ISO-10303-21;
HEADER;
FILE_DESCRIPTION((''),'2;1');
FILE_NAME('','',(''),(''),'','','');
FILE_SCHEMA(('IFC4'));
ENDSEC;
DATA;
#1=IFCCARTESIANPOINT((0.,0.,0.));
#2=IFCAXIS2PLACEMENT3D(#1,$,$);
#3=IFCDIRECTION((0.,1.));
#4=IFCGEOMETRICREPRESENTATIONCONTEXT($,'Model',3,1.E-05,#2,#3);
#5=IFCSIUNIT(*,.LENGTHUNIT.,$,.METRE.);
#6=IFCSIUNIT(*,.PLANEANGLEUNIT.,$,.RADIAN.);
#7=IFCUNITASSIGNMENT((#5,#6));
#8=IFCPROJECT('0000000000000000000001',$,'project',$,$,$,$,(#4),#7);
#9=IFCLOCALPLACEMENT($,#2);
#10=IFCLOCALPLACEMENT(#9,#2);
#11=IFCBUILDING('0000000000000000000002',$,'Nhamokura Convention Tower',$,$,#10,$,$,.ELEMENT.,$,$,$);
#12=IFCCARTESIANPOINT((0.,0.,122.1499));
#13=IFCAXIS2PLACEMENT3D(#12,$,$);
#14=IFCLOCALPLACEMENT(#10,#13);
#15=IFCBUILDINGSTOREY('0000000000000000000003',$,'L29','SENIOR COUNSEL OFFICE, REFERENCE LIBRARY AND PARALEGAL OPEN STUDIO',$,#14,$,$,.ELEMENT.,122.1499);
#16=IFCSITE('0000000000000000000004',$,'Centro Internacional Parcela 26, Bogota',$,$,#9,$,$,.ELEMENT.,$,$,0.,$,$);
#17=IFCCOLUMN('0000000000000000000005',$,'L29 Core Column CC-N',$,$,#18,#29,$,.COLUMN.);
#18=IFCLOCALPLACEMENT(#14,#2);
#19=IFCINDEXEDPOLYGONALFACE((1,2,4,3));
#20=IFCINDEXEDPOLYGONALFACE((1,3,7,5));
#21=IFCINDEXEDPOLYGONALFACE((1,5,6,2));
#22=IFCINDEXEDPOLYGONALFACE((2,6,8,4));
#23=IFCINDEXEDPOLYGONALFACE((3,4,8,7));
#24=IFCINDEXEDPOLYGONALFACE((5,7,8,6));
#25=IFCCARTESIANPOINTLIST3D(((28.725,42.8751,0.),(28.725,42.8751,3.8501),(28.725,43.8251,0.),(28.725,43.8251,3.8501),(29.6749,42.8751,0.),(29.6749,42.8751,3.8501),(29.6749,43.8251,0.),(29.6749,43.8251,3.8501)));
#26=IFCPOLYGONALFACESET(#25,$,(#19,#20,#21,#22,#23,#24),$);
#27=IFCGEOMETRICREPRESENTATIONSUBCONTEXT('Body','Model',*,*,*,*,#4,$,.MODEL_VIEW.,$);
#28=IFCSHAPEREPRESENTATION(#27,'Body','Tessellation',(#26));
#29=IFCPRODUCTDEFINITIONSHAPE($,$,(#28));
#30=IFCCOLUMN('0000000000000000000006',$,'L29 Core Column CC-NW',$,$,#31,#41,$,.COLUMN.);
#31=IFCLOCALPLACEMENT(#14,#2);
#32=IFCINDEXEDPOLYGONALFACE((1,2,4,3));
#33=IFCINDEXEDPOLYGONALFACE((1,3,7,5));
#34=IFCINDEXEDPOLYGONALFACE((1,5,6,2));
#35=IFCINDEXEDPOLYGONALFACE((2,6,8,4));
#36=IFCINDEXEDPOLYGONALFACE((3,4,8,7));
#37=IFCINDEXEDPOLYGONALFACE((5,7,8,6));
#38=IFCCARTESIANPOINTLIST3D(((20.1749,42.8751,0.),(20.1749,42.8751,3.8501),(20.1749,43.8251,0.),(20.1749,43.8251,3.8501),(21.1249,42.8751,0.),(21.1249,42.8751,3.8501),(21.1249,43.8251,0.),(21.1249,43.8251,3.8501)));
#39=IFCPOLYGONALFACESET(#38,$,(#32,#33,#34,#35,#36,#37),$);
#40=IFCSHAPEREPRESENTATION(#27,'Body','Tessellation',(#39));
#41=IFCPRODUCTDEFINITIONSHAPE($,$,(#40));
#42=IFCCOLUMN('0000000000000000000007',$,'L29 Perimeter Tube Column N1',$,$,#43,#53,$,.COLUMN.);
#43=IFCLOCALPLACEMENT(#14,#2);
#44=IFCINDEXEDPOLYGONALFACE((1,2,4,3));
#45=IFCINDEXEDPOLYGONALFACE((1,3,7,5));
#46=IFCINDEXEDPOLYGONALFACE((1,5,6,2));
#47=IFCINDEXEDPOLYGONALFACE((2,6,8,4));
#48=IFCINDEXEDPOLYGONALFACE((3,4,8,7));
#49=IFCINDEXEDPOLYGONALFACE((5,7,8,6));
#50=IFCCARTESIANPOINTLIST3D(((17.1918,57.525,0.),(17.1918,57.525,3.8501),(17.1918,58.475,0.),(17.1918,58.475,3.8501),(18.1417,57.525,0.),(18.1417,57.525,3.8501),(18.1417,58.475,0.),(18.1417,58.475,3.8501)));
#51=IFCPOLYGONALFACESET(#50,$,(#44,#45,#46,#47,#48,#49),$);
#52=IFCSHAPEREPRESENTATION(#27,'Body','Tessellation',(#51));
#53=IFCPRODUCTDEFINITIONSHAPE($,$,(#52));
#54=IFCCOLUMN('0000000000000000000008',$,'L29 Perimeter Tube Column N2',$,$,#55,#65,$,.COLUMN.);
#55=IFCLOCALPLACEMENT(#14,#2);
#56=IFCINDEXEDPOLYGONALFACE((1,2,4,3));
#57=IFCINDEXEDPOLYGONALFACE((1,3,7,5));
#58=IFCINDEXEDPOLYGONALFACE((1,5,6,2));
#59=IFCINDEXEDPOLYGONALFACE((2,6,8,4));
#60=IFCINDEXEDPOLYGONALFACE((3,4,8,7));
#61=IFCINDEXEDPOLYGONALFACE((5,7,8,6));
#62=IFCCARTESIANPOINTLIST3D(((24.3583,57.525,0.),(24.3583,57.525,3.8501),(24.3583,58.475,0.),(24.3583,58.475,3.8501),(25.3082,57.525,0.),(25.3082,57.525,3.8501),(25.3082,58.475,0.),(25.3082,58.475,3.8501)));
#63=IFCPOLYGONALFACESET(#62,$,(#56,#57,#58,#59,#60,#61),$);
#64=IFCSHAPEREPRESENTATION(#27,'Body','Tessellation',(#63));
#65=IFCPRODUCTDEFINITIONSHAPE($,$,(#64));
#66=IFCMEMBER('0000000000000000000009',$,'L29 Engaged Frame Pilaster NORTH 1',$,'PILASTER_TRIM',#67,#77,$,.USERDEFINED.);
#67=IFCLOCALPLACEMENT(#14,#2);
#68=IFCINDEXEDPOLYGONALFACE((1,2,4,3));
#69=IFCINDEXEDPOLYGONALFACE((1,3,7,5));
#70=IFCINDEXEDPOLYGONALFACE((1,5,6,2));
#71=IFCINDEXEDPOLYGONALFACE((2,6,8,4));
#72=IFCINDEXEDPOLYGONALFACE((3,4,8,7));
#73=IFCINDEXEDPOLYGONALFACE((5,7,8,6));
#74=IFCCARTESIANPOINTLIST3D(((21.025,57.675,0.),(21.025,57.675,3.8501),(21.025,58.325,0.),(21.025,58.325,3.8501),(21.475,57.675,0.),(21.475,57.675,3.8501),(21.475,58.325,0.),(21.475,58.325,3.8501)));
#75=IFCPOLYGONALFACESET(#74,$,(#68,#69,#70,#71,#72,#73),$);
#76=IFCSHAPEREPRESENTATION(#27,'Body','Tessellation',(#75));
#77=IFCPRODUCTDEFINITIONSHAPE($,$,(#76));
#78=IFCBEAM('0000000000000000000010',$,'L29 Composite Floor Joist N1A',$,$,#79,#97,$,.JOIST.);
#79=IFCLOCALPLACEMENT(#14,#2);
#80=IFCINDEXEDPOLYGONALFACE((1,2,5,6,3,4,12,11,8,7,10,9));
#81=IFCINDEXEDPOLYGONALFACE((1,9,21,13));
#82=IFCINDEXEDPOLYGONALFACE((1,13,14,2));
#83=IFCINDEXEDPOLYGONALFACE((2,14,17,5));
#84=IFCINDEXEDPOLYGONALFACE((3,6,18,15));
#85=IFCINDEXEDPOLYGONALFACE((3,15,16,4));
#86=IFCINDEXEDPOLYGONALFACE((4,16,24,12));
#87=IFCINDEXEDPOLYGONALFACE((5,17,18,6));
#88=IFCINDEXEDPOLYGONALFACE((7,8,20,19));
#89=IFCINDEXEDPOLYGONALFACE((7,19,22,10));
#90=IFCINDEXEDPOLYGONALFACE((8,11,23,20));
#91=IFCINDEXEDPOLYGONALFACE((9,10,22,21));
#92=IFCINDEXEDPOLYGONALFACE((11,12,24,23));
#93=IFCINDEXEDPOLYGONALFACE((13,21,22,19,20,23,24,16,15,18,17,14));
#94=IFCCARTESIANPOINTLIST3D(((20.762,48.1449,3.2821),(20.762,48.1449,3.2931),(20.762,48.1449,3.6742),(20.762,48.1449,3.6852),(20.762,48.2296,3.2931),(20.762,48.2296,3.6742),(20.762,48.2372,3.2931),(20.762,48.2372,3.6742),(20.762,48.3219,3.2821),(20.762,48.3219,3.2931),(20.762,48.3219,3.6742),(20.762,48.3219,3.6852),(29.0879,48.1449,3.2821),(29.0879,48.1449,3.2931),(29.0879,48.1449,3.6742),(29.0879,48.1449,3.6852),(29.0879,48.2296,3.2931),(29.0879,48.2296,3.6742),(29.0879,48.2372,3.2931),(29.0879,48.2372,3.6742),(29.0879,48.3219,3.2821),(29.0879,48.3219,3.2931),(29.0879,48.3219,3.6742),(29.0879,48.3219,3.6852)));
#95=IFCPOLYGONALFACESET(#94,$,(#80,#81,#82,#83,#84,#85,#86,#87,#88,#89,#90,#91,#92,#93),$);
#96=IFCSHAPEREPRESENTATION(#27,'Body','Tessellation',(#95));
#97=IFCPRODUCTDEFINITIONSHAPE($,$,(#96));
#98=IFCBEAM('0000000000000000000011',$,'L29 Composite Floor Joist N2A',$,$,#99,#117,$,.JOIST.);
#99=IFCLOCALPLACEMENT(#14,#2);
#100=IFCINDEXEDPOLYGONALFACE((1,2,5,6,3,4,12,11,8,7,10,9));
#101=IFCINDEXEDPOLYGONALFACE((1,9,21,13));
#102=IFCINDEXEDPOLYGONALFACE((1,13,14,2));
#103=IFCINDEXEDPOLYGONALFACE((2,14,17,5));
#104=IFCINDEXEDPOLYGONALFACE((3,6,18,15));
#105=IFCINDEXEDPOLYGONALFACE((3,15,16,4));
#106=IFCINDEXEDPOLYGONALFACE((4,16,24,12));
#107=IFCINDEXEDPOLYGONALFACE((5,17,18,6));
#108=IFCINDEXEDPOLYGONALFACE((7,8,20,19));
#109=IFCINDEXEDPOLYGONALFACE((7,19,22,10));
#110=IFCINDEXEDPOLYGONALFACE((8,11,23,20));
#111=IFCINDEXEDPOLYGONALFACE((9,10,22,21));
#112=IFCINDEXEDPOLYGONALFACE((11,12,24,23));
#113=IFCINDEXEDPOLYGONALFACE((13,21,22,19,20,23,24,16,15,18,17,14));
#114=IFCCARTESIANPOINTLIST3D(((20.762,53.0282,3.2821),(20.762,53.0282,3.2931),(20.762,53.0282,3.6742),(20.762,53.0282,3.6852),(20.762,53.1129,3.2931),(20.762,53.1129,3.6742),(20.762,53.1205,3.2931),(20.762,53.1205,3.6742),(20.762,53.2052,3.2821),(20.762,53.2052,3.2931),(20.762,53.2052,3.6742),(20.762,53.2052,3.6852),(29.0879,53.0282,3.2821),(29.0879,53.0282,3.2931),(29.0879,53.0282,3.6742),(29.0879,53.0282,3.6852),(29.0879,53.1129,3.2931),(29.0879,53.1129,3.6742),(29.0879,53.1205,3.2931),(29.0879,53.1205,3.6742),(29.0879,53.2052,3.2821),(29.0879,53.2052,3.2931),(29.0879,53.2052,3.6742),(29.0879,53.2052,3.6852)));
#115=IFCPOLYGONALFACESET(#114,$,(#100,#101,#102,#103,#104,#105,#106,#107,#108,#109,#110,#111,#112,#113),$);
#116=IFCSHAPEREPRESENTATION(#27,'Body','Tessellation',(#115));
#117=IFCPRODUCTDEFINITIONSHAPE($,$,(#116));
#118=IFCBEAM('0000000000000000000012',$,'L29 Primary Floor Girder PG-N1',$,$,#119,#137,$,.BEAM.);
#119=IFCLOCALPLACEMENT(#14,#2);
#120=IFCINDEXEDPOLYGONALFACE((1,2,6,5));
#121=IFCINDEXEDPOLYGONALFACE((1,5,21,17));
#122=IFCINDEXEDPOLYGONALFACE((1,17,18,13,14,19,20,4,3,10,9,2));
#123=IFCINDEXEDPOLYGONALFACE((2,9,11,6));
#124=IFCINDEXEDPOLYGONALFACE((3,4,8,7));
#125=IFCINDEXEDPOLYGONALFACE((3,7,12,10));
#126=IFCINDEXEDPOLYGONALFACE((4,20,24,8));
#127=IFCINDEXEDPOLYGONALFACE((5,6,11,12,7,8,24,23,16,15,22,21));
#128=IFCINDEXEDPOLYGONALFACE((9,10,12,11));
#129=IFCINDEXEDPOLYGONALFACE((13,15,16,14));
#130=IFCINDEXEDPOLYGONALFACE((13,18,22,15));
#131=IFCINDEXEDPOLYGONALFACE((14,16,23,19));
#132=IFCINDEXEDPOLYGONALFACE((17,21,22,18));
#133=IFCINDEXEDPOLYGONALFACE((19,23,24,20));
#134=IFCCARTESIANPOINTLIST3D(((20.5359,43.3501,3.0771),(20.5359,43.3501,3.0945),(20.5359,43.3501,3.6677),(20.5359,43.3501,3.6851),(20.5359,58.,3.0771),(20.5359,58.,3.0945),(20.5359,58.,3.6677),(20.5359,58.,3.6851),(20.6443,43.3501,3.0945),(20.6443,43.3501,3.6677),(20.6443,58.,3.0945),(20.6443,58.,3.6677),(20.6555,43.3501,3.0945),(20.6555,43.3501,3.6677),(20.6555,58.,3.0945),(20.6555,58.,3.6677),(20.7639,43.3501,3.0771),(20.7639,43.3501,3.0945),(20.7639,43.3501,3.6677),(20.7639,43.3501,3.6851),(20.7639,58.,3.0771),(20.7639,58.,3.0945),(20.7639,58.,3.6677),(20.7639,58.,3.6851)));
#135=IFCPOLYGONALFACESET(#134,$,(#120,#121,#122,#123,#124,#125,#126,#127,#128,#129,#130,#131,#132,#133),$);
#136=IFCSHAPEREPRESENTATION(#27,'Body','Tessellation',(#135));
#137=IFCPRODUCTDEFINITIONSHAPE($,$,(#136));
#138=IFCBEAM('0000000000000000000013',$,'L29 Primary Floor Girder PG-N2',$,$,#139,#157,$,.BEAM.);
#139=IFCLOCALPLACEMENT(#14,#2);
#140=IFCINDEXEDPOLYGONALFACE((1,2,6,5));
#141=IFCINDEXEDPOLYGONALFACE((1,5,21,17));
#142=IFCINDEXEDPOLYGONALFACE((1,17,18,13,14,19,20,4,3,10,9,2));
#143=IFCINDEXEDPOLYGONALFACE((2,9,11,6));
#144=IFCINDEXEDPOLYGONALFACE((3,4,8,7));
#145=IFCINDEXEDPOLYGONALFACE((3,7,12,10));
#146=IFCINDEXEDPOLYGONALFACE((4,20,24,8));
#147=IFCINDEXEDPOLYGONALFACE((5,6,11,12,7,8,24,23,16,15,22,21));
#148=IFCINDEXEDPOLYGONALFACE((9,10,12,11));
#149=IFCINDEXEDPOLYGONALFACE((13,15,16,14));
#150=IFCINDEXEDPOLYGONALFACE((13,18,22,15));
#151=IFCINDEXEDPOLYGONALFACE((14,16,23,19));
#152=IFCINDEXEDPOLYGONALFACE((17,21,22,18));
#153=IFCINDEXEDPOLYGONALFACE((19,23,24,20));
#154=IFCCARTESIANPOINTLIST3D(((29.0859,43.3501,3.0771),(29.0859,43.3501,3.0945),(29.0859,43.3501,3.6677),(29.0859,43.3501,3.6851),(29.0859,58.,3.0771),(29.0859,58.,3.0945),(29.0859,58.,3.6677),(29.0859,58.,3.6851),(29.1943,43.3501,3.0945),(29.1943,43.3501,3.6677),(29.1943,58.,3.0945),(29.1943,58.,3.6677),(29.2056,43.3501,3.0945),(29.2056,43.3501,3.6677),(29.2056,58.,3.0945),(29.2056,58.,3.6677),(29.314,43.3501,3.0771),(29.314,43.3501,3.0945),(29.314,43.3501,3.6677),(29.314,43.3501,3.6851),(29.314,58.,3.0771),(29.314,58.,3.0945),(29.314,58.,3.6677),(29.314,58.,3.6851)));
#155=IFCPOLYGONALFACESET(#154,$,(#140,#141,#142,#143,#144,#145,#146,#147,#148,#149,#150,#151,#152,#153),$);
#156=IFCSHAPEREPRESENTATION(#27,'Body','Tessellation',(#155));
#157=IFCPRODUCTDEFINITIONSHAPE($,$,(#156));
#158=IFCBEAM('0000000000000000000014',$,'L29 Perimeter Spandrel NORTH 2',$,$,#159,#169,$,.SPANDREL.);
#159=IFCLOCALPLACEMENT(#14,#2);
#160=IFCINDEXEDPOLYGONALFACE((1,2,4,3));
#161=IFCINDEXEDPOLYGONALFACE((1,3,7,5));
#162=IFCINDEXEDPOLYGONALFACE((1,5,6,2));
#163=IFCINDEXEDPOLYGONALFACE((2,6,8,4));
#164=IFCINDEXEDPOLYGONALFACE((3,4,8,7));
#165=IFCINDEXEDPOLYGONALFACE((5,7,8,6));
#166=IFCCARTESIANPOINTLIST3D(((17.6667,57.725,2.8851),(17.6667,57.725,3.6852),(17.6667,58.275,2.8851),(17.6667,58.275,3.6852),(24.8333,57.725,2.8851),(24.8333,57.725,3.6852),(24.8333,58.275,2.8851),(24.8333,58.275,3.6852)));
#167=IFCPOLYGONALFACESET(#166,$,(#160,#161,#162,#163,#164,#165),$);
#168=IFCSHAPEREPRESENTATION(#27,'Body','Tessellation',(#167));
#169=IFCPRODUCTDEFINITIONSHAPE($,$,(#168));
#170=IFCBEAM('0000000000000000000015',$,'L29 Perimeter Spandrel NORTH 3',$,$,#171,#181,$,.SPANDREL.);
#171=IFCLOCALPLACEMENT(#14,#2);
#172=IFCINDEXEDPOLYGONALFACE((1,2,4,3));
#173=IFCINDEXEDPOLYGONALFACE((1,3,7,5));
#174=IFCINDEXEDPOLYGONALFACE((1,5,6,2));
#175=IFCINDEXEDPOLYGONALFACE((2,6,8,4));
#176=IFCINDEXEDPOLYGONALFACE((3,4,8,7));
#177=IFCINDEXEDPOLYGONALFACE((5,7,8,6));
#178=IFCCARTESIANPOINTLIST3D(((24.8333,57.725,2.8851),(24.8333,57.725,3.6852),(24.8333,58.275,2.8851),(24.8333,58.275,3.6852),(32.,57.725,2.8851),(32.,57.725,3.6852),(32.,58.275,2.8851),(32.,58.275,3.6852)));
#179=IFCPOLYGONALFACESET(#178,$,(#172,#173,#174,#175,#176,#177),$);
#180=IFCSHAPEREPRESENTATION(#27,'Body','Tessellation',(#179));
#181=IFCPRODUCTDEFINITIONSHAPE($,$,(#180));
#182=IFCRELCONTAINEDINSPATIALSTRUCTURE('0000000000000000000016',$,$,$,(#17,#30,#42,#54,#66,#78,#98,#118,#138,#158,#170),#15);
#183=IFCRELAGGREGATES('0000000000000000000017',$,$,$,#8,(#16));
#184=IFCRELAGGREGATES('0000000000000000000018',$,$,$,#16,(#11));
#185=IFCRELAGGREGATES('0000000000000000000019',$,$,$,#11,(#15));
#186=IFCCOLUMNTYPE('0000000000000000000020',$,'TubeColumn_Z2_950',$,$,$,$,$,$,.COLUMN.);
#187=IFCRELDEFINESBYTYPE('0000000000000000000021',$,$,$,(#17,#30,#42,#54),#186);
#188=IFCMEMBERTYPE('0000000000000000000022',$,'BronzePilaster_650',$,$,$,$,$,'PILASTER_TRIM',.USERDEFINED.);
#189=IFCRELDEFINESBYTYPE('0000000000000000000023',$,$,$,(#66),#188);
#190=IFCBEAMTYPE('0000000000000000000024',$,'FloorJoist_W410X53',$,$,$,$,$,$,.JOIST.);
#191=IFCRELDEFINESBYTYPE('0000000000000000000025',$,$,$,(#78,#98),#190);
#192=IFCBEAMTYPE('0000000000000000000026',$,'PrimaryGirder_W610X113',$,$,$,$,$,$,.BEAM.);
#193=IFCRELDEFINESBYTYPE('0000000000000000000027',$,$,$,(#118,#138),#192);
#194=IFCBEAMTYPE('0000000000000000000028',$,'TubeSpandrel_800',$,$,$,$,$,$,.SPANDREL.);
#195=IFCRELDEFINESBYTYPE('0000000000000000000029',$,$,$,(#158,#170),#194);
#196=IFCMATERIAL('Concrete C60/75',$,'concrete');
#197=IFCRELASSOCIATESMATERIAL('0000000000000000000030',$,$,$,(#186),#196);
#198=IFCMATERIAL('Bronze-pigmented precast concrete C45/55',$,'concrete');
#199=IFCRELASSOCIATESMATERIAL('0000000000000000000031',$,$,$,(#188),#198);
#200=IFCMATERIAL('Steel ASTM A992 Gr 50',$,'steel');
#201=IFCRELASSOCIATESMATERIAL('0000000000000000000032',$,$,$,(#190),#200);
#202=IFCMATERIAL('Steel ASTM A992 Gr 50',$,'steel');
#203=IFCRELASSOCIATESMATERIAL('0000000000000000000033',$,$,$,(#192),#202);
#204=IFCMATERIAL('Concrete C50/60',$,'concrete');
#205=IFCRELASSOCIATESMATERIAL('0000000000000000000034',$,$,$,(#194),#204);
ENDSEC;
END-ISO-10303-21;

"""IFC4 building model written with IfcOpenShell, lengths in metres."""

from ifc_helpers import new_model, si_unit, direction, frame, origin, origin_2d, place, context, subcontext, project, spatial, rectangle, i_section, extrude, material, material_profile, profile_set, type_object, element, save


model = new_model("IFC4")

# Units and contexts
model_context = context("Model", 3, precision=1e-05, world=origin(), true_north=direction((0.0, 1.0)))
body_context = subcontext(model_context, "Body", "Model", "MODEL_VIEW")
ifc_project = project(units=[si_unit("LENGTHUNIT", "METRE"), si_unit("PLANEANGLEUNIT", "RADIAN")], contexts=[model_context])

# Site, building, storey
site_placement = place(None, origin())
site = spatial("IfcSite", under=ifc_project, at=site_placement, Name="Centro Internacional Parcela 26, Bogota", CompositionType="ELEMENT", RefElevation=0.0)
building_placement = place(site_placement, origin())
building = spatial("IfcBuilding", under=site, at=building_placement, Name="Nhamokura Convention Tower", CompositionType="ELEMENT")
storey_placement = place(building_placement, frame((0.0, 0.0, 122.1499)))
storey = spatial("IfcBuildingStorey", under=building, at=storey_placement, Name="L29", Description="SENIOR COUNSEL OFFICE, REFERENCE LIBRARY AND PARALEGAL OPEN STUDIO", CompositionType="ELEMENT", Elevation=122.1499)

# Columns
ifc_material_1 = material(Name="Concrete C60/75", Category="concrete")
ifc_material_profile_1 = material_profile(ifc_material_1, rectangle(XDim=0.95, YDim=0.95, at=origin_2d()))
ifc_profile_set_1 = profile_set([ifc_material_profile_1], Name="Concrete C60/75")
column_type = type_object("IfcColumnType", Name="TubeColumn_Z2_950", PredefinedType="COLUMN", material=ifc_profile_set_1)
for number, where, z_axis, x_axis, name in (
    (1, (29.2, 43.3501, 0.0), (0.0, 0.0, 1.0), (1.0, 0.0, 0.0), "L29 Core Column CC-N"),
    (2, (20.6499, 43.3501, 0.0), (0.0, 0.0, 1.0), (1.0, 0.0, 0.0), "L29 Core Column CC-NW"),
    (3, (17.6667, 58.0, 0.0), (0.0, 0.0, 1.0), (1.0, 0.0, 0.0), "L29 Perimeter Tube Column N1"),
    (4, (24.8333, 58.0, 0.0), (0.0, 0.0, 1.0), (1.0, 0.0, 0.0), "L29 Perimeter Tube Column N2"),
):
    element("IfcColumn", number, at=place(storey_placement, frame(where, z_axis=z_axis, x_axis=x_axis)), inside=storey, type_object=column_type, Name=name, PredefinedType="COLUMN", context=body_context, shape_type="SweptSolid", body=[
        extrude(rectangle(XDim=0.95, YDim=0.95, at=origin_2d()), origin(), (0.0, 0.0, 1.0), 3.8501),
    ])

# Member
ifc_material_2 = material(Name="Bronze-pigmented precast concrete C45/55", Category="concrete")
ifc_material_profile_2 = material_profile(ifc_material_2, rectangle(XDim=0.45, YDim=0.6499, at=origin_2d()))
ifc_profile_set_2 = profile_set([ifc_material_profile_2], Name="Bronze-pigmented precast concrete C45/55")
member_type = type_object("IfcMemberType", Name="BronzePilaster_650", ElementType="PILASTER_TRIM", PredefinedType="USERDEFINED", material=ifc_profile_set_2)
member_placement = place(storey_placement, frame((21.25, 58.0, 0.0), z_axis=(0.0, 0.0, 1.0), x_axis=(1.0, 0.0, 0.0)))
element("IfcMember", 5, at=member_placement, inside=storey, type_object=member_type, Name="L29 Engaged Frame Pilaster NORTH 1", ObjectType="PILASTER_TRIM", PredefinedType="USERDEFINED", context=body_context, shape_type="SweptSolid", body=[
    extrude(rectangle(XDim=0.45, YDim=0.6499, at=origin_2d()), origin(), (0.0, 0.0, 1.0), 3.8501),
])

# Beams
ifc_material_3 = material(Name="Steel ASTM A992 Gr 50", Category="steel")
ifc_material_profile_3 = material_profile(ifc_material_3, i_section(OverallWidth=0.177, OverallDepth=0.4031, WebThickness=0.0076, FlangeThickness=0.011, at=origin_2d()))
ifc_profile_set_3 = profile_set([ifc_material_profile_3], Name="Steel ASTM A992 Gr 50")
beam_type_1 = type_object("IfcBeamType", Name="FloorJoist_W410X53", PredefinedType="JOIST", material=ifc_profile_set_3)
for number, where, z_axis, x_axis, name in (
    (6, (20.762, 48.2334, 3.4836), (1.0, 0.0, 0.0), (0.0, 1.0, 0.0), "L29 Composite Floor Joist N1A"),
    (7, (20.762, 53.1167, 3.4836), (1.0, 0.0, 0.0), (0.0, 1.0, 0.0), "L29 Composite Floor Joist N2A"),
):
    element("IfcBeam", number, at=place(storey_placement, frame(where, z_axis=z_axis, x_axis=x_axis)), inside=storey, type_object=beam_type_1, Name=name, PredefinedType="JOIST", context=body_context, shape_type="SweptSolid", body=[
        extrude(i_section(OverallWidth=0.177, OverallDepth=0.4031, WebThickness=0.0076, FlangeThickness=0.011, at=origin_2d()), origin(), (0.0, 0.0, 1.0), 8.3259),
    ])
ifc_material_4 = material(Name="Steel ASTM A992 Gr 50", Category="steel")
ifc_material_profile_4 = material_profile(ifc_material_4, i_section(OverallWidth=0.228, OverallDepth=0.6079, WebThickness=0.0112, FlangeThickness=0.0173, at=origin_2d()))
ifc_profile_set_4 = profile_set([ifc_material_profile_4], Name="Steel ASTM A992 Gr 50")
beam_type_2 = type_object("IfcBeamType", Name="PrimaryGirder_W610X113", PredefinedType="BEAM", material=ifc_profile_set_4)
for number, where, z_axis, x_axis, name in (
    (8, (20.6499, 43.3501, 3.3811), (0.0, 1.0, 0.0), (-1.0, 0.0, 0.0), "L29 Primary Floor Girder PG-N1"),
    (9, (29.2, 43.3501, 3.3811), (0.0, 1.0, 0.0), (-1.0, 0.0, 0.0), "L29 Primary Floor Girder PG-N2"),
):
    element("IfcBeam", number, at=place(storey_placement, frame(where, z_axis=z_axis, x_axis=x_axis)), inside=storey, type_object=beam_type_2, Name=name, PredefinedType="BEAM", context=body_context, shape_type="SweptSolid", body=[
        extrude(i_section(OverallWidth=0.228, OverallDepth=0.6079, WebThickness=0.0112, FlangeThickness=0.0173, at=origin_2d()), origin(), (0.0, 0.0, 1.0), 14.6499),
    ])
ifc_material_5 = material(Name="Concrete C50/60", Category="concrete")
ifc_material_profile_5 = material_profile(ifc_material_5, rectangle(XDim=0.55, YDim=0.8, at=origin_2d()))
ifc_profile_set_5 = profile_set([ifc_material_profile_5], Name="Concrete C50/60")
beam_type_3 = type_object("IfcBeamType", Name="TubeSpandrel_800", PredefinedType="SPANDREL", material=ifc_profile_set_5)
beam_1_placement = place(storey_placement, frame((17.6667, 58.0, 3.2852), z_axis=(1.0, 0.0, 0.0), x_axis=(0.0, 1.0, 0.0)))
element("IfcBeam", 10, at=beam_1_placement, inside=storey, type_object=beam_type_3, Name="L29 Perimeter Spandrel NORTH 2", PredefinedType="SPANDREL", context=body_context, shape_type="SweptSolid", body=[
    extrude(rectangle(XDim=0.55, YDim=0.8, at=origin_2d()), origin(), (0.0, 0.0, 1.0), 7.1665),
])
beam_2_placement = place(storey_placement, frame((24.8333, 58.0, 3.2852), z_axis=(1.0, 0.0, 0.0), x_axis=(0.0, 1.0, 0.0)))
element("IfcBeam", 11, at=beam_2_placement, inside=storey, type_object=beam_type_3, Name="L29 Perimeter Spandrel NORTH 3", PredefinedType="SPANDREL", context=body_context, shape_type="SweptSolid", body=[
    extrude(rectangle(XDim=0.55, YDim=0.8, at=origin_2d()), origin(), (0.0, 0.0, 1.0), 7.1667),
])

save(model, "model.ifc")
